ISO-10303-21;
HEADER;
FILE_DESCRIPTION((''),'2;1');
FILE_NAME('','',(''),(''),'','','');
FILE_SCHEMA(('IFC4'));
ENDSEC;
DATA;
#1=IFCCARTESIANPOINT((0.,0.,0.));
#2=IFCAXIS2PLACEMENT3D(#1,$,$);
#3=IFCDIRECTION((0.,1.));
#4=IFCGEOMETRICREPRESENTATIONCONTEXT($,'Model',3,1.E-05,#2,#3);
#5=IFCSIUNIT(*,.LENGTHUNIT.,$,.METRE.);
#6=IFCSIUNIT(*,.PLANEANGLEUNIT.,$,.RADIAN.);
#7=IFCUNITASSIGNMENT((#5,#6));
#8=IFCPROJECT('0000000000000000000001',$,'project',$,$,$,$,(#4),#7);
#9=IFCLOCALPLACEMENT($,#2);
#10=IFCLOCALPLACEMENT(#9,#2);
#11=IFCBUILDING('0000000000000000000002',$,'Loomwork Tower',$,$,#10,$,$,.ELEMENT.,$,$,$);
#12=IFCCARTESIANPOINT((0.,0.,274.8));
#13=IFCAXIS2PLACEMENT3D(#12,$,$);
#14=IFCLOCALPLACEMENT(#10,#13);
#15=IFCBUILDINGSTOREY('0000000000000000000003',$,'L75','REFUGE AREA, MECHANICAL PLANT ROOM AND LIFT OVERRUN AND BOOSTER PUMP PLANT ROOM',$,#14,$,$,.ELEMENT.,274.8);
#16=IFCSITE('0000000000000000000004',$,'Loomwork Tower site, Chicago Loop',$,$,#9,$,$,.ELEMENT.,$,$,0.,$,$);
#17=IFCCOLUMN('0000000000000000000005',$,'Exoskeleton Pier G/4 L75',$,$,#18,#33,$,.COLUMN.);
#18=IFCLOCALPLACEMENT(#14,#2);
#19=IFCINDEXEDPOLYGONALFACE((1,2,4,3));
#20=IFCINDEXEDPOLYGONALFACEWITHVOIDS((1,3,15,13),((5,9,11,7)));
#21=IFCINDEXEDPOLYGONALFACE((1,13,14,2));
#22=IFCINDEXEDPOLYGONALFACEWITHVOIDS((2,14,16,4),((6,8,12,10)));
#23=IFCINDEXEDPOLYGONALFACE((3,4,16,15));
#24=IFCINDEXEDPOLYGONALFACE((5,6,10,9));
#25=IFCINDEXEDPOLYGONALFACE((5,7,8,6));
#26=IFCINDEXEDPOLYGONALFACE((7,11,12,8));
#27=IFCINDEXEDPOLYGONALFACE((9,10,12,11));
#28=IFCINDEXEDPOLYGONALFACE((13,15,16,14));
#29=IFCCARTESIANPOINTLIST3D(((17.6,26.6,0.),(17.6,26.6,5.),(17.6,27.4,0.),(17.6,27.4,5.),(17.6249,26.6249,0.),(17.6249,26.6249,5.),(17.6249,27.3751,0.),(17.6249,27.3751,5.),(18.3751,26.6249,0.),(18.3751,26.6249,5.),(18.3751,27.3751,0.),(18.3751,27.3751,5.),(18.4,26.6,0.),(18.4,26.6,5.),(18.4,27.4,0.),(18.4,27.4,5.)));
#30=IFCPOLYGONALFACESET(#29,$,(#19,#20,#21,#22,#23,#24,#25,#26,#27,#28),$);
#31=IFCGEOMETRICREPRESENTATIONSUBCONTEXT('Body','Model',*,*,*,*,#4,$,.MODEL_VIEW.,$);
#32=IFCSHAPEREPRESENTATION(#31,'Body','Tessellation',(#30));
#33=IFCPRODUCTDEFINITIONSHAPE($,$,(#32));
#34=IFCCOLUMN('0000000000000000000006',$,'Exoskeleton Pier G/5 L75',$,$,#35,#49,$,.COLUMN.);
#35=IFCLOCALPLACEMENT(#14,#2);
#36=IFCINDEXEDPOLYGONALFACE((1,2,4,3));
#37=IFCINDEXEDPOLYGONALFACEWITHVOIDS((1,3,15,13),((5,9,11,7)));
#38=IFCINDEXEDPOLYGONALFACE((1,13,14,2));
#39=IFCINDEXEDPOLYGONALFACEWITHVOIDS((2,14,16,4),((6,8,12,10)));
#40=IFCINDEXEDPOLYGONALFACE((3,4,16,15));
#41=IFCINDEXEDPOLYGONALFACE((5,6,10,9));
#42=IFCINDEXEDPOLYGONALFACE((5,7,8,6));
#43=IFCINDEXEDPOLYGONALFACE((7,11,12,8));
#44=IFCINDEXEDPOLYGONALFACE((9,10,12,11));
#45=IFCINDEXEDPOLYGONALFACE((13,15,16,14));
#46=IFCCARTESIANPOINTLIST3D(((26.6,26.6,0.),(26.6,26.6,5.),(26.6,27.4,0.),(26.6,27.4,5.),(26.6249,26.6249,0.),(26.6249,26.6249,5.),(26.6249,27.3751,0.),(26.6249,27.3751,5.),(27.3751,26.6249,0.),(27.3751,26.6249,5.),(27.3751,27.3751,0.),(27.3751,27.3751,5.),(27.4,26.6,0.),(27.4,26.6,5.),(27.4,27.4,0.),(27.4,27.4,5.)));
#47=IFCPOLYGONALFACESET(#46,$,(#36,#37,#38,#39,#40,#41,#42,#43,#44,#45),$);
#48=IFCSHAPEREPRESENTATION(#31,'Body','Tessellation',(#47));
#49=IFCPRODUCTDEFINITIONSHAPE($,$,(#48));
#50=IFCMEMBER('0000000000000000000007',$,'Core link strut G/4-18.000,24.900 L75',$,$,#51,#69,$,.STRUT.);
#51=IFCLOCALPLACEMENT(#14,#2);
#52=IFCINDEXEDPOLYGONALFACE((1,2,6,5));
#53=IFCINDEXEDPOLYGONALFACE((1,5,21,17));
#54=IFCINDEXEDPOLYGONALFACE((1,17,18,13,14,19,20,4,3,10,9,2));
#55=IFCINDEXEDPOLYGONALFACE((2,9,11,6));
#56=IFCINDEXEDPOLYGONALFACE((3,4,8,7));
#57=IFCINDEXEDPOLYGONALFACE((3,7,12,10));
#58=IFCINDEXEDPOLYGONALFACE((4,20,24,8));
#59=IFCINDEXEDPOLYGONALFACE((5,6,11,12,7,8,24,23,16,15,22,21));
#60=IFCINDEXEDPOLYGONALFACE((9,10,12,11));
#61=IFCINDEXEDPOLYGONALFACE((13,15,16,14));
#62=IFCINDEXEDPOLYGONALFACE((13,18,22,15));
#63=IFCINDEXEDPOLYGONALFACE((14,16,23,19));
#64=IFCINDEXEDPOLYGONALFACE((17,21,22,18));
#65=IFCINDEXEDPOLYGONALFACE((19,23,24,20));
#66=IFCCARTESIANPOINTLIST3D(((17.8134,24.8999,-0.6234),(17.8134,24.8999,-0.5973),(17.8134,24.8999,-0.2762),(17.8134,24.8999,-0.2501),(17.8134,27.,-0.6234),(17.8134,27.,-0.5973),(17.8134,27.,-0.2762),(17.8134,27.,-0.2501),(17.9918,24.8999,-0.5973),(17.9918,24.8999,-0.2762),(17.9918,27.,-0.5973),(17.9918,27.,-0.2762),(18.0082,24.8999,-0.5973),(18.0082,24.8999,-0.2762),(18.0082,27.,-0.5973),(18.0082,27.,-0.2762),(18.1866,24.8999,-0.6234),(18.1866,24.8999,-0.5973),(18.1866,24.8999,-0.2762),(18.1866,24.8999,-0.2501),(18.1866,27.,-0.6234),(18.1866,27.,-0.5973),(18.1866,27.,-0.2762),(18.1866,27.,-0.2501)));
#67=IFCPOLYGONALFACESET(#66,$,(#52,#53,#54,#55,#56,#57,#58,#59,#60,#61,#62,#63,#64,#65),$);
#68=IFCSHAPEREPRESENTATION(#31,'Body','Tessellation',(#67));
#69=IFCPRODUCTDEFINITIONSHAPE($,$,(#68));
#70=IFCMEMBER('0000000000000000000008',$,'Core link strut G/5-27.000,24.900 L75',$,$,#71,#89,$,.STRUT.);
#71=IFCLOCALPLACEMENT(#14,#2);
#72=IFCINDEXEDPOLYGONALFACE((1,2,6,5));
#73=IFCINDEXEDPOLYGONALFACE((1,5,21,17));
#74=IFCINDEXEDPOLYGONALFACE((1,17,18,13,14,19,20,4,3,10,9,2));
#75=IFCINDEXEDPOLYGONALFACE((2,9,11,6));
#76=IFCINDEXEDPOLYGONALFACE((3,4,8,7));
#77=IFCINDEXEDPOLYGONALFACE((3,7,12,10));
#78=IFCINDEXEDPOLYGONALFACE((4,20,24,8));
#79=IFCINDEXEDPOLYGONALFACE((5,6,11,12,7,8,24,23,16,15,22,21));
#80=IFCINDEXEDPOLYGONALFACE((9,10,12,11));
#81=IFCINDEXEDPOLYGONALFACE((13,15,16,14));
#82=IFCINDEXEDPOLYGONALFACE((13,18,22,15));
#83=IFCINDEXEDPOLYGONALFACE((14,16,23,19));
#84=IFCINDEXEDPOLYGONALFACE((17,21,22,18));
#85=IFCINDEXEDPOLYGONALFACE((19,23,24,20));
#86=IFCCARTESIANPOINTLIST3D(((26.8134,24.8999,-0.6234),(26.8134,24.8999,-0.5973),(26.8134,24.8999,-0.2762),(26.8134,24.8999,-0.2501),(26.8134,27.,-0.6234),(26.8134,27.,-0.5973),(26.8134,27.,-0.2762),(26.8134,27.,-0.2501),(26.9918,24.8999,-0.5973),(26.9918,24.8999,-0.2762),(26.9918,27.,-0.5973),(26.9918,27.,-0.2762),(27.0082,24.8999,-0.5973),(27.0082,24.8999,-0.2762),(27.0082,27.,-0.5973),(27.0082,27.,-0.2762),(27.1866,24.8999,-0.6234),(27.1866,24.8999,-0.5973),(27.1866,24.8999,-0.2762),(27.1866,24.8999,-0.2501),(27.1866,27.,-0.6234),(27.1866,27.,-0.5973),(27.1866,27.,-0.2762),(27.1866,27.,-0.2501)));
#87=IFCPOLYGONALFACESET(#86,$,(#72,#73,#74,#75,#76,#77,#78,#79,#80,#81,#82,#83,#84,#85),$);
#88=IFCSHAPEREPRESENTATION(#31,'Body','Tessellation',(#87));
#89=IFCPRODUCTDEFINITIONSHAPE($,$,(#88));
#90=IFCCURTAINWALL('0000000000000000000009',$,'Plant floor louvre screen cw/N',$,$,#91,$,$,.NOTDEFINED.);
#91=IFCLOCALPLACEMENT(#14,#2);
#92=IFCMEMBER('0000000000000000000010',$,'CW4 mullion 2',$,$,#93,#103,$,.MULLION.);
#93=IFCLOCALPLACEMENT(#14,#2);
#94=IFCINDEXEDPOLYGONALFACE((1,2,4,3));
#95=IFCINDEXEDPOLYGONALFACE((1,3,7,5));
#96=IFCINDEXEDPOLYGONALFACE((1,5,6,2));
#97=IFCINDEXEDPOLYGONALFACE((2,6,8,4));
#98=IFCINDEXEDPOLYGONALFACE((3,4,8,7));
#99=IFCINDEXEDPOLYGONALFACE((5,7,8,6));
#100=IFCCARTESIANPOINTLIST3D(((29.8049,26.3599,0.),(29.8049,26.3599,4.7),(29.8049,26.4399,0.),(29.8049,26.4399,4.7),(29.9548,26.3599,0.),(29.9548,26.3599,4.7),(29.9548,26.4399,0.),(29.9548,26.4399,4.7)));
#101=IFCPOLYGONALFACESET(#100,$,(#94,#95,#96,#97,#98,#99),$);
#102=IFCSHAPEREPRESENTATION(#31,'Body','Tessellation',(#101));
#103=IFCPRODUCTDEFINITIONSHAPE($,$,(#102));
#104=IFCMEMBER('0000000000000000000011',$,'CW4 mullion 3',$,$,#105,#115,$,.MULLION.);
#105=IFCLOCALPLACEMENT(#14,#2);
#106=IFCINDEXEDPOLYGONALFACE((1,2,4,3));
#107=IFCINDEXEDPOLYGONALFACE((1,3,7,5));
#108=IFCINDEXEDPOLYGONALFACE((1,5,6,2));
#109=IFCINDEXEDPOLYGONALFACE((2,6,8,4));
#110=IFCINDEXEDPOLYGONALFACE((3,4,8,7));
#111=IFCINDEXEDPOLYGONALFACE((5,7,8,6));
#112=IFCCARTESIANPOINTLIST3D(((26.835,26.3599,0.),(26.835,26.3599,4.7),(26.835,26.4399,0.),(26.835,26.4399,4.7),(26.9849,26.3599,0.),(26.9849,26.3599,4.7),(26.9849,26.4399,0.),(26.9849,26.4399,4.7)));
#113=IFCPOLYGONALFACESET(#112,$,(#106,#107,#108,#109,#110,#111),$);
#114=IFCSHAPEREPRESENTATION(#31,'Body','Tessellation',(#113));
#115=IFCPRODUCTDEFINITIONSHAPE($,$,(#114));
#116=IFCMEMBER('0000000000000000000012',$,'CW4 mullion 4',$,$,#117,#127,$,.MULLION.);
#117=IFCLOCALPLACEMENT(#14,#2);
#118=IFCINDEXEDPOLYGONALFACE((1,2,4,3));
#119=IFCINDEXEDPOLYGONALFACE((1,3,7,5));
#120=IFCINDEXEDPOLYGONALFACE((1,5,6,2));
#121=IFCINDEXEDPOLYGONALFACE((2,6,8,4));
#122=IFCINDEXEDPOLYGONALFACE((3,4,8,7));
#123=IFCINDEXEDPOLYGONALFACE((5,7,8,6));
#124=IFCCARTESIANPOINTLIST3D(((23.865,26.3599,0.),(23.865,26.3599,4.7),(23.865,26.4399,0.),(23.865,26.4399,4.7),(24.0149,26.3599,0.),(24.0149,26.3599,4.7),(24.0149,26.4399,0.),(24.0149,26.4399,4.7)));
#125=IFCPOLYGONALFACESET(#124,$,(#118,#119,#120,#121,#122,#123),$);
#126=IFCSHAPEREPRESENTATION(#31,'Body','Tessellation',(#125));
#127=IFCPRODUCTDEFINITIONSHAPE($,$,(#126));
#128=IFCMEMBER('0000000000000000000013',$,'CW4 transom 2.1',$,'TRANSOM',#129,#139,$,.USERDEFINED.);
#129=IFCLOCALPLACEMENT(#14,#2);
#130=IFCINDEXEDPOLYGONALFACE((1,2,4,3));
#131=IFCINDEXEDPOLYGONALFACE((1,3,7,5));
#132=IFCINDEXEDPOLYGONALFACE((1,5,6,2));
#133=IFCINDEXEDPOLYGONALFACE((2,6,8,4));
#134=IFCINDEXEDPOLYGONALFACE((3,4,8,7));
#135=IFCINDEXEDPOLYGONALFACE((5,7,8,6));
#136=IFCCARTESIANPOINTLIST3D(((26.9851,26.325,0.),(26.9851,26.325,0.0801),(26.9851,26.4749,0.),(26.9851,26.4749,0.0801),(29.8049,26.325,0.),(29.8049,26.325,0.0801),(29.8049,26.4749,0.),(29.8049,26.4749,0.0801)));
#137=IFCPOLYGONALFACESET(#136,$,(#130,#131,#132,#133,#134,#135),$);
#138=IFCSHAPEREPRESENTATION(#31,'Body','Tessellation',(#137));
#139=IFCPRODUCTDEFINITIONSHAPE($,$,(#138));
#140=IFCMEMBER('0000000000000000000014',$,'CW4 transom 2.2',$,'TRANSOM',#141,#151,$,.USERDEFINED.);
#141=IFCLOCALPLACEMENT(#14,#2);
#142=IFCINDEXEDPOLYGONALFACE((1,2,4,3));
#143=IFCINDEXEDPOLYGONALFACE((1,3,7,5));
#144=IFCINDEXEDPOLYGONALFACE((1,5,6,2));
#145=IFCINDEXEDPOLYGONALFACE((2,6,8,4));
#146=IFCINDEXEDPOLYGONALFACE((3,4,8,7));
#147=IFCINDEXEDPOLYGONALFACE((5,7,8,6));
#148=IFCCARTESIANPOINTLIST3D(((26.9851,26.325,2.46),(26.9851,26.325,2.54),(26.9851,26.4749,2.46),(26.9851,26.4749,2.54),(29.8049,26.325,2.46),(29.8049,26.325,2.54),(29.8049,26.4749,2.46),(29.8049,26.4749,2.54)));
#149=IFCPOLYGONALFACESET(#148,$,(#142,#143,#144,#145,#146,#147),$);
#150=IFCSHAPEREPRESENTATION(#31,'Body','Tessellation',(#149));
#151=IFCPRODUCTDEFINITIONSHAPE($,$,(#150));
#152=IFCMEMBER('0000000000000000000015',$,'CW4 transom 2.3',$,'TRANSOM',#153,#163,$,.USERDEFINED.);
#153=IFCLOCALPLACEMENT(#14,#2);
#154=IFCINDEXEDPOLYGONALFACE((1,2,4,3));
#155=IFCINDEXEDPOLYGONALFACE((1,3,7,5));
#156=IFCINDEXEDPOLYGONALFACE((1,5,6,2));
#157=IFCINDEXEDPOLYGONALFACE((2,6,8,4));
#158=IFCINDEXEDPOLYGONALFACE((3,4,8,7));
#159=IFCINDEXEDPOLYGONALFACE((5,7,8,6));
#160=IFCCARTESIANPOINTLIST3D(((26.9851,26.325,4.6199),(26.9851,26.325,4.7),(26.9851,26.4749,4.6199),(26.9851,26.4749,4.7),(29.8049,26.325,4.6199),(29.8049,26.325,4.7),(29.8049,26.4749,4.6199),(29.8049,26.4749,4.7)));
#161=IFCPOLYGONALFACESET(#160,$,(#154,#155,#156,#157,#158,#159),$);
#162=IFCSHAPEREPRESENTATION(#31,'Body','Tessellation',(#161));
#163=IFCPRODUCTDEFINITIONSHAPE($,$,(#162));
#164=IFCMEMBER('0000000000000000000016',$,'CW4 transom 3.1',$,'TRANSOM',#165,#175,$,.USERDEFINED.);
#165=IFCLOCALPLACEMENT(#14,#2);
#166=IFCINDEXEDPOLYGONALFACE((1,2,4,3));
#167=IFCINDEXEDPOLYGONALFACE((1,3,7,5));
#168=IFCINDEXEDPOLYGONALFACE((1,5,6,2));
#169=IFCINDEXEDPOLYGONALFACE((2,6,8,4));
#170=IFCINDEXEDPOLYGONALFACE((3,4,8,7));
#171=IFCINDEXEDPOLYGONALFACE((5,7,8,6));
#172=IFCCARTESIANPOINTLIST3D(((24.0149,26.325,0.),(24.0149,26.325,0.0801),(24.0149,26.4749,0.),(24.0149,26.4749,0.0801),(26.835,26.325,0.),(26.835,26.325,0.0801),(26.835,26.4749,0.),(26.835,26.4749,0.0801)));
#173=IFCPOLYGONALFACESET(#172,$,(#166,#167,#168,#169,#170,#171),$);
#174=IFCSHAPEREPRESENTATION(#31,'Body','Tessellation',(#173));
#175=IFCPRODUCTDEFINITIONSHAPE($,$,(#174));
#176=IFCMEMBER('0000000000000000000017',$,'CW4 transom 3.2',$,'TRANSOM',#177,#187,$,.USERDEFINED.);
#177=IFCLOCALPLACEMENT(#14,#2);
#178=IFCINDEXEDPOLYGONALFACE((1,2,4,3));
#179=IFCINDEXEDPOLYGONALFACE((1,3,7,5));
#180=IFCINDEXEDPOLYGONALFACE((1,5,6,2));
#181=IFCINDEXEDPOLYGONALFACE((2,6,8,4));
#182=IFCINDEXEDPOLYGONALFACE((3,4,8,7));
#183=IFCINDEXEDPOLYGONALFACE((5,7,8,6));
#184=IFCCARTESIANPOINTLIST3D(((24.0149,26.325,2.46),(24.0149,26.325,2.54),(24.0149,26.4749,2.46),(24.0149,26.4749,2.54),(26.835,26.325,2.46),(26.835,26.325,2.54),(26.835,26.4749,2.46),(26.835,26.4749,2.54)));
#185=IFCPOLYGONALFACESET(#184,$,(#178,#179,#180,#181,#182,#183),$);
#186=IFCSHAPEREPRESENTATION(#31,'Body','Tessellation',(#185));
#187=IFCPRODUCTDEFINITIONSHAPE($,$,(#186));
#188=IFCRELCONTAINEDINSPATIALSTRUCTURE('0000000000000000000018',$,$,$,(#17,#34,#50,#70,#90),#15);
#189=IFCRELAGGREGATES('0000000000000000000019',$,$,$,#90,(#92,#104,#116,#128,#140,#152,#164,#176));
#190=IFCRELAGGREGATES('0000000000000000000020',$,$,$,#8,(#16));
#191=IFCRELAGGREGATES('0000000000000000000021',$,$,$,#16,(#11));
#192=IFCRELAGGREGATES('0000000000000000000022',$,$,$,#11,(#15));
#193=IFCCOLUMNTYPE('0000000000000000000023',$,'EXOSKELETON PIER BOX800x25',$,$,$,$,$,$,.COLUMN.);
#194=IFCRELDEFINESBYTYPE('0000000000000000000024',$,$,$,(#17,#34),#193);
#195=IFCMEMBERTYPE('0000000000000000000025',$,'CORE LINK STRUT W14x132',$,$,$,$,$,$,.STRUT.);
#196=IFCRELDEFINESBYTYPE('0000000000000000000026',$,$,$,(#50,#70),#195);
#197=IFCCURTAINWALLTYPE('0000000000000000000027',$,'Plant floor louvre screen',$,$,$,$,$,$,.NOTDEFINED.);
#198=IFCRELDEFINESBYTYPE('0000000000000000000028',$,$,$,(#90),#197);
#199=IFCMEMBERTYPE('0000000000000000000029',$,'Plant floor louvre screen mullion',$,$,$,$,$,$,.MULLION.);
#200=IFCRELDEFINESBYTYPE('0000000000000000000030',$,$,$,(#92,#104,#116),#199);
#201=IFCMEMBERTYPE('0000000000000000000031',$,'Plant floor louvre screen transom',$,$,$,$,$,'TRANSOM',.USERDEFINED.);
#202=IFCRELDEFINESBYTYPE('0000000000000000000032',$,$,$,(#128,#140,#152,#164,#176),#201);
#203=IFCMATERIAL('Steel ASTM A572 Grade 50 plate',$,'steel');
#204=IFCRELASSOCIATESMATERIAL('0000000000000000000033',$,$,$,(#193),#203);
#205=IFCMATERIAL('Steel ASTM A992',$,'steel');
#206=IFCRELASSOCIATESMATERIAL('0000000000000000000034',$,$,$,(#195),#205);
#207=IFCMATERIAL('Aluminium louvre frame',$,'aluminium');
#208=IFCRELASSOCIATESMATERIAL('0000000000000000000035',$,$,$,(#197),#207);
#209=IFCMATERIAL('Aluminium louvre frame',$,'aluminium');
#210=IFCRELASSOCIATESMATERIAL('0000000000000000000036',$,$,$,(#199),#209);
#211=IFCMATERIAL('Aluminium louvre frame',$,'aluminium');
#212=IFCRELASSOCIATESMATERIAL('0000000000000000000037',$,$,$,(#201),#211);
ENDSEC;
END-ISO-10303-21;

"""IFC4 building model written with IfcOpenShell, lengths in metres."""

from ifc_helpers import new_model, si_unit, direction, frame, origin, origin_2d, place, context, subcontext, project, spatial, rectangle, hollow_rectangle, i_section, extrude, material, material_profile, profile_set, type_object, element, aggregate, save


model = new_model("IFC4")

# Units and contexts
model_context = context("Model", 3, precision=1e-05, world=origin(), true_north=direction((0.0, 1.0)))
body_context = subcontext(model_context, "Body", "Model", "MODEL_VIEW")
ifc_project = project(units=[si_unit("LENGTHUNIT", "METRE"), si_unit("PLANEANGLEUNIT", "RADIAN")], contexts=[model_context])

# Site, building, storey
site_placement = place(None, origin())
site = spatial("IfcSite", under=ifc_project, at=site_placement, Name="Loomwork Tower site, Chicago Loop", CompositionType="ELEMENT", RefElevation=0.0)
building_placement = place(site_placement, origin())
building = spatial("IfcBuilding", under=site, at=building_placement, Name="Loomwork Tower", CompositionType="ELEMENT")
storey_placement = place(building_placement, frame((0.0, 0.0, 274.8)))
storey = spatial("IfcBuildingStorey", under=building, at=storey_placement, Name="L75", Description="REFUGE AREA, MECHANICAL PLANT ROOM AND LIFT OVERRUN AND BOOSTER PUMP PLANT ROOM", CompositionType="ELEMENT", Elevation=274.8)

# Columns
ifc_material_1 = material(Name="Steel ASTM A572 Grade 50 plate", Category="steel")
ifc_material_profile_1 = material_profile(ifc_material_1, hollow_rectangle(XDim=0.8, YDim=0.8, WallThickness=0.0249, at=origin_2d()), Name="BOX800x25")
ifc_profile_set_1 = profile_set([ifc_material_profile_1], Name="Steel ASTM A572 Grade 50 plate")
column_type = type_object("IfcColumnType", Name="EXOSKELETON PIER BOX800x25", PredefinedType="COLUMN", material=ifc_profile_set_1)
for number, where, z_axis, x_axis, name in (
    (1, (18.0, 27.0, 0.0), (0.0, 0.0, 1.0), (1.0, 0.0, 0.0), "Exoskeleton Pier G/4 L75"),
    (2, (27.0, 27.0, 0.0), (0.0, 0.0, 1.0), (1.0, 0.0, 0.0), "Exoskeleton Pier G/5 L75"),
):
    element("IfcColumn", number, at=place(storey_placement, frame(where, z_axis=z_axis, x_axis=x_axis)), inside=storey, type_object=column_type, Name=name, PredefinedType="COLUMN", context=body_context, shape_type="SweptSolid", body=[
        extrude(hollow_rectangle(XDim=0.8, YDim=0.8, WallThickness=0.0249, at=origin_2d()), origin(), (0.0, 0.0, 1.0), 5.0),
    ])

# Members
ifc_material_2 = material(Name="Steel ASTM A992", Category="steel")
ifc_material_profile_2 = material_profile(ifc_material_2, i_section(OverallWidth=0.3733, OverallDepth=0.3733, WebThickness=0.0164, FlangeThickness=0.0261, at=origin_2d()), Name="W14x132")
ifc_profile_set_2 = profile_set([ifc_material_profile_2], Name="Steel ASTM A992")
member_type_1 = type_object("IfcMemberType", Name="CORE LINK STRUT W14x132", PredefinedType="STRUT", material=ifc_profile_set_2)
for number, where, z_axis, x_axis, name in (
    (3, (18.0, 27.0, -0.4368), (0.0, -1.0, 0.0), (1.0, 0.0, 0.0), "Core link strut G/4-18.000,24.900 L75"),
    (4, (27.0, 27.0, -0.4368), (0.0, -1.0, 0.0), (1.0, 0.0, 0.0), "Core link strut G/5-27.000,24.900 L75"),
):
    element("IfcMember", number, at=place(storey_placement, frame(where, z_axis=z_axis, x_axis=x_axis)), inside=storey, type_object=member_type_1, Name=name, PredefinedType="STRUT", context=body_context, shape_type="SweptSolid", body=[
        extrude(i_section(OverallWidth=0.3733, OverallDepth=0.3733, WebThickness=0.0164, FlangeThickness=0.0261, at=origin_2d()), origin(), (0.0, 0.0, 1.0), 2.1001),
    ])

# Curtain wall, members
ifc_material_3 = material(Name="Aluminium louvre frame", Category="aluminium")
curtain_wall_type = type_object("IfcCurtainWallType", Name="Plant floor louvre screen", PredefinedType="NOTDEFINED", material=ifc_material_3)
curtain_wall_placement = place(storey_placement, origin())
curtain_wall = element("IfcCurtainWall", 5, at=curtain_wall_placement, inside=storey, type_object=curtain_wall_type, Name="Plant floor louvre screen cw/N", PredefinedType="NOTDEFINED")
ifc_material_4 = material(Name="Aluminium louvre frame", Category="aluminium")
ifc_material_profile_3 = material_profile(ifc_material_4, rectangle(XDim=0.0801, YDim=0.1499, at=origin_2d()), Name="AL 80x150")
ifc_profile_set_3 = profile_set([ifc_material_profile_3], Name="Aluminium louvre frame")
member_type_2 = type_object("IfcMemberType", Name="Plant floor louvre screen mullion", PredefinedType="MULLION", material=ifc_profile_set_3)
member_1_placement = place(storey_placement, frame((29.8799, 26.3999, 0.0), z_axis=(0.0, 0.0, 1.0), x_axis=(0.0, -1.0, 0.0)))
member_1 = element("IfcMember", 6, at=member_1_placement, type_object=member_type_2, Name="CW4 mullion 2", PredefinedType="MULLION", context=body_context, shape_type="SweptSolid", body=[
    extrude(rectangle(XDim=0.0801, YDim=0.1499, at=origin_2d()), origin(), (0.0, 0.0, 1.0), 4.7),
])
member_2_placement = place(storey_placement, frame((26.9099, 26.3999, 0.0), z_axis=(0.0, 0.0, 1.0), x_axis=(0.0, -1.0, 0.0)))
member_2 = element("IfcMember", 7, at=member_2_placement, type_object=member_type_2, Name="CW4 mullion 3", PredefinedType="MULLION", context=body_context, shape_type="SweptSolid", body=[
    extrude(rectangle(XDim=0.0801, YDim=0.1499, at=origin_2d()), origin(), (0.0, 0.0, 1.0), 4.7),
])
member_3_placement = place(storey_placement, frame((23.9399, 26.3999, 0.0), z_axis=(0.0, 0.0, 1.0), x_axis=(0.0, -1.0, 0.0)))
member_3 = element("IfcMember", 8, at=member_3_placement, type_object=member_type_2, Name="CW4 mullion 4", PredefinedType="MULLION", context=body_context, shape_type="SweptSolid", body=[
    extrude(rectangle(XDim=0.0801, YDim=0.1499, at=origin_2d()), origin(), (0.0, 0.0, 1.0), 4.7),
])
ifc_material_5 = material(Name="Aluminium louvre frame", Category="aluminium")
ifc_material_profile_4 = material_profile(ifc_material_5, rectangle(XDim=0.1499, YDim=0.0801, at=origin_2d()), Name="AL 80x150")
ifc_profile_set_4 = profile_set([ifc_material_profile_4], Name="Aluminium louvre frame")
member_type_3 = type_object("IfcMemberType", Name="Plant floor louvre screen transom", ElementType="TRANSOM", PredefinedType="USERDEFINED", material=ifc_profile_set_4)
member_4_placement = place(storey_placement, frame((29.8049, 26.3999, 0.04), z_axis=(-1.0, 0.0, 0.0), x_axis=(0.0, -1.0, 0.0)))
member_4 = element("IfcMember", 9, at=member_4_placement, type_object=member_type_3, Name="CW4 transom 2.1", ObjectType="TRANSOM", PredefinedType="USERDEFINED", context=body_context, shape_type="SweptSolid", body=[
    extrude(rectangle(XDim=0.1499, YDim=0.0801, at=origin_2d()), origin(), (0.0, 0.0, 1.0), 2.8198),
])
member_5_placement = place(storey_placement, frame((29.8049, 26.3999, 2.5), z_axis=(-1.0, 0.0, 0.0), x_axis=(0.0, -1.0, 0.0)))
member_5 = element("IfcMember", 10, at=member_5_placement, type_object=member_type_3, Name="CW4 transom 2.2", ObjectType="TRANSOM", PredefinedType="USERDEFINED", context=body_context, shape_type="SweptSolid", body=[
    extrude(rectangle(XDim=0.1499, YDim=0.0801, at=origin_2d()), origin(), (0.0, 0.0, 1.0), 2.8198),
])
member_6_placement = place(storey_placement, frame((29.8049, 26.3999, 4.6599), z_axis=(-1.0, 0.0, 0.0), x_axis=(0.0, -1.0, 0.0)))
member_6 = element("IfcMember", 11, at=member_6_placement, type_object=member_type_3, Name="CW4 transom 2.3", ObjectType="TRANSOM", PredefinedType="USERDEFINED", context=body_context, shape_type="SweptSolid", body=[
    extrude(rectangle(XDim=0.1499, YDim=0.0801, at=origin_2d()), origin(), (0.0, 0.0, 1.0), 2.8198),
])
member_7_placement = place(storey_placement, frame((26.835, 26.3999, 0.04), z_axis=(-1.0, 0.0, 0.0), x_axis=(0.0, -1.0, 0.0)))
member_7 = element("IfcMember", 12, at=member_7_placement, type_object=member_type_3, Name="CW4 transom 3.1", ObjectType="TRANSOM", PredefinedType="USERDEFINED", context=body_context, shape_type="SweptSolid", body=[
    extrude(rectangle(XDim=0.1499, YDim=0.0801, at=origin_2d()), origin(), (0.0, 0.0, 1.0), 2.8201),
])
member_8_placement = place(storey_placement, frame((26.835, 26.3999, 2.5), z_axis=(-1.0, 0.0, 0.0), x_axis=(0.0, -1.0, 0.0)))
member_8 = element("IfcMember", 13, at=member_8_placement, type_object=member_type_3, Name="CW4 transom 3.2", ObjectType="TRANSOM", PredefinedType="USERDEFINED", context=body_context, shape_type="SweptSolid", body=[
    extrude(rectangle(XDim=0.1499, YDim=0.0801, at=origin_2d()), origin(), (0.0, 0.0, 1.0), 2.8201),
])

aggregate(curtain_wall, [member_1, member_2, member_3, member_4, member_5, member_6, member_7, member_8])

save(model, "model.ifc")
